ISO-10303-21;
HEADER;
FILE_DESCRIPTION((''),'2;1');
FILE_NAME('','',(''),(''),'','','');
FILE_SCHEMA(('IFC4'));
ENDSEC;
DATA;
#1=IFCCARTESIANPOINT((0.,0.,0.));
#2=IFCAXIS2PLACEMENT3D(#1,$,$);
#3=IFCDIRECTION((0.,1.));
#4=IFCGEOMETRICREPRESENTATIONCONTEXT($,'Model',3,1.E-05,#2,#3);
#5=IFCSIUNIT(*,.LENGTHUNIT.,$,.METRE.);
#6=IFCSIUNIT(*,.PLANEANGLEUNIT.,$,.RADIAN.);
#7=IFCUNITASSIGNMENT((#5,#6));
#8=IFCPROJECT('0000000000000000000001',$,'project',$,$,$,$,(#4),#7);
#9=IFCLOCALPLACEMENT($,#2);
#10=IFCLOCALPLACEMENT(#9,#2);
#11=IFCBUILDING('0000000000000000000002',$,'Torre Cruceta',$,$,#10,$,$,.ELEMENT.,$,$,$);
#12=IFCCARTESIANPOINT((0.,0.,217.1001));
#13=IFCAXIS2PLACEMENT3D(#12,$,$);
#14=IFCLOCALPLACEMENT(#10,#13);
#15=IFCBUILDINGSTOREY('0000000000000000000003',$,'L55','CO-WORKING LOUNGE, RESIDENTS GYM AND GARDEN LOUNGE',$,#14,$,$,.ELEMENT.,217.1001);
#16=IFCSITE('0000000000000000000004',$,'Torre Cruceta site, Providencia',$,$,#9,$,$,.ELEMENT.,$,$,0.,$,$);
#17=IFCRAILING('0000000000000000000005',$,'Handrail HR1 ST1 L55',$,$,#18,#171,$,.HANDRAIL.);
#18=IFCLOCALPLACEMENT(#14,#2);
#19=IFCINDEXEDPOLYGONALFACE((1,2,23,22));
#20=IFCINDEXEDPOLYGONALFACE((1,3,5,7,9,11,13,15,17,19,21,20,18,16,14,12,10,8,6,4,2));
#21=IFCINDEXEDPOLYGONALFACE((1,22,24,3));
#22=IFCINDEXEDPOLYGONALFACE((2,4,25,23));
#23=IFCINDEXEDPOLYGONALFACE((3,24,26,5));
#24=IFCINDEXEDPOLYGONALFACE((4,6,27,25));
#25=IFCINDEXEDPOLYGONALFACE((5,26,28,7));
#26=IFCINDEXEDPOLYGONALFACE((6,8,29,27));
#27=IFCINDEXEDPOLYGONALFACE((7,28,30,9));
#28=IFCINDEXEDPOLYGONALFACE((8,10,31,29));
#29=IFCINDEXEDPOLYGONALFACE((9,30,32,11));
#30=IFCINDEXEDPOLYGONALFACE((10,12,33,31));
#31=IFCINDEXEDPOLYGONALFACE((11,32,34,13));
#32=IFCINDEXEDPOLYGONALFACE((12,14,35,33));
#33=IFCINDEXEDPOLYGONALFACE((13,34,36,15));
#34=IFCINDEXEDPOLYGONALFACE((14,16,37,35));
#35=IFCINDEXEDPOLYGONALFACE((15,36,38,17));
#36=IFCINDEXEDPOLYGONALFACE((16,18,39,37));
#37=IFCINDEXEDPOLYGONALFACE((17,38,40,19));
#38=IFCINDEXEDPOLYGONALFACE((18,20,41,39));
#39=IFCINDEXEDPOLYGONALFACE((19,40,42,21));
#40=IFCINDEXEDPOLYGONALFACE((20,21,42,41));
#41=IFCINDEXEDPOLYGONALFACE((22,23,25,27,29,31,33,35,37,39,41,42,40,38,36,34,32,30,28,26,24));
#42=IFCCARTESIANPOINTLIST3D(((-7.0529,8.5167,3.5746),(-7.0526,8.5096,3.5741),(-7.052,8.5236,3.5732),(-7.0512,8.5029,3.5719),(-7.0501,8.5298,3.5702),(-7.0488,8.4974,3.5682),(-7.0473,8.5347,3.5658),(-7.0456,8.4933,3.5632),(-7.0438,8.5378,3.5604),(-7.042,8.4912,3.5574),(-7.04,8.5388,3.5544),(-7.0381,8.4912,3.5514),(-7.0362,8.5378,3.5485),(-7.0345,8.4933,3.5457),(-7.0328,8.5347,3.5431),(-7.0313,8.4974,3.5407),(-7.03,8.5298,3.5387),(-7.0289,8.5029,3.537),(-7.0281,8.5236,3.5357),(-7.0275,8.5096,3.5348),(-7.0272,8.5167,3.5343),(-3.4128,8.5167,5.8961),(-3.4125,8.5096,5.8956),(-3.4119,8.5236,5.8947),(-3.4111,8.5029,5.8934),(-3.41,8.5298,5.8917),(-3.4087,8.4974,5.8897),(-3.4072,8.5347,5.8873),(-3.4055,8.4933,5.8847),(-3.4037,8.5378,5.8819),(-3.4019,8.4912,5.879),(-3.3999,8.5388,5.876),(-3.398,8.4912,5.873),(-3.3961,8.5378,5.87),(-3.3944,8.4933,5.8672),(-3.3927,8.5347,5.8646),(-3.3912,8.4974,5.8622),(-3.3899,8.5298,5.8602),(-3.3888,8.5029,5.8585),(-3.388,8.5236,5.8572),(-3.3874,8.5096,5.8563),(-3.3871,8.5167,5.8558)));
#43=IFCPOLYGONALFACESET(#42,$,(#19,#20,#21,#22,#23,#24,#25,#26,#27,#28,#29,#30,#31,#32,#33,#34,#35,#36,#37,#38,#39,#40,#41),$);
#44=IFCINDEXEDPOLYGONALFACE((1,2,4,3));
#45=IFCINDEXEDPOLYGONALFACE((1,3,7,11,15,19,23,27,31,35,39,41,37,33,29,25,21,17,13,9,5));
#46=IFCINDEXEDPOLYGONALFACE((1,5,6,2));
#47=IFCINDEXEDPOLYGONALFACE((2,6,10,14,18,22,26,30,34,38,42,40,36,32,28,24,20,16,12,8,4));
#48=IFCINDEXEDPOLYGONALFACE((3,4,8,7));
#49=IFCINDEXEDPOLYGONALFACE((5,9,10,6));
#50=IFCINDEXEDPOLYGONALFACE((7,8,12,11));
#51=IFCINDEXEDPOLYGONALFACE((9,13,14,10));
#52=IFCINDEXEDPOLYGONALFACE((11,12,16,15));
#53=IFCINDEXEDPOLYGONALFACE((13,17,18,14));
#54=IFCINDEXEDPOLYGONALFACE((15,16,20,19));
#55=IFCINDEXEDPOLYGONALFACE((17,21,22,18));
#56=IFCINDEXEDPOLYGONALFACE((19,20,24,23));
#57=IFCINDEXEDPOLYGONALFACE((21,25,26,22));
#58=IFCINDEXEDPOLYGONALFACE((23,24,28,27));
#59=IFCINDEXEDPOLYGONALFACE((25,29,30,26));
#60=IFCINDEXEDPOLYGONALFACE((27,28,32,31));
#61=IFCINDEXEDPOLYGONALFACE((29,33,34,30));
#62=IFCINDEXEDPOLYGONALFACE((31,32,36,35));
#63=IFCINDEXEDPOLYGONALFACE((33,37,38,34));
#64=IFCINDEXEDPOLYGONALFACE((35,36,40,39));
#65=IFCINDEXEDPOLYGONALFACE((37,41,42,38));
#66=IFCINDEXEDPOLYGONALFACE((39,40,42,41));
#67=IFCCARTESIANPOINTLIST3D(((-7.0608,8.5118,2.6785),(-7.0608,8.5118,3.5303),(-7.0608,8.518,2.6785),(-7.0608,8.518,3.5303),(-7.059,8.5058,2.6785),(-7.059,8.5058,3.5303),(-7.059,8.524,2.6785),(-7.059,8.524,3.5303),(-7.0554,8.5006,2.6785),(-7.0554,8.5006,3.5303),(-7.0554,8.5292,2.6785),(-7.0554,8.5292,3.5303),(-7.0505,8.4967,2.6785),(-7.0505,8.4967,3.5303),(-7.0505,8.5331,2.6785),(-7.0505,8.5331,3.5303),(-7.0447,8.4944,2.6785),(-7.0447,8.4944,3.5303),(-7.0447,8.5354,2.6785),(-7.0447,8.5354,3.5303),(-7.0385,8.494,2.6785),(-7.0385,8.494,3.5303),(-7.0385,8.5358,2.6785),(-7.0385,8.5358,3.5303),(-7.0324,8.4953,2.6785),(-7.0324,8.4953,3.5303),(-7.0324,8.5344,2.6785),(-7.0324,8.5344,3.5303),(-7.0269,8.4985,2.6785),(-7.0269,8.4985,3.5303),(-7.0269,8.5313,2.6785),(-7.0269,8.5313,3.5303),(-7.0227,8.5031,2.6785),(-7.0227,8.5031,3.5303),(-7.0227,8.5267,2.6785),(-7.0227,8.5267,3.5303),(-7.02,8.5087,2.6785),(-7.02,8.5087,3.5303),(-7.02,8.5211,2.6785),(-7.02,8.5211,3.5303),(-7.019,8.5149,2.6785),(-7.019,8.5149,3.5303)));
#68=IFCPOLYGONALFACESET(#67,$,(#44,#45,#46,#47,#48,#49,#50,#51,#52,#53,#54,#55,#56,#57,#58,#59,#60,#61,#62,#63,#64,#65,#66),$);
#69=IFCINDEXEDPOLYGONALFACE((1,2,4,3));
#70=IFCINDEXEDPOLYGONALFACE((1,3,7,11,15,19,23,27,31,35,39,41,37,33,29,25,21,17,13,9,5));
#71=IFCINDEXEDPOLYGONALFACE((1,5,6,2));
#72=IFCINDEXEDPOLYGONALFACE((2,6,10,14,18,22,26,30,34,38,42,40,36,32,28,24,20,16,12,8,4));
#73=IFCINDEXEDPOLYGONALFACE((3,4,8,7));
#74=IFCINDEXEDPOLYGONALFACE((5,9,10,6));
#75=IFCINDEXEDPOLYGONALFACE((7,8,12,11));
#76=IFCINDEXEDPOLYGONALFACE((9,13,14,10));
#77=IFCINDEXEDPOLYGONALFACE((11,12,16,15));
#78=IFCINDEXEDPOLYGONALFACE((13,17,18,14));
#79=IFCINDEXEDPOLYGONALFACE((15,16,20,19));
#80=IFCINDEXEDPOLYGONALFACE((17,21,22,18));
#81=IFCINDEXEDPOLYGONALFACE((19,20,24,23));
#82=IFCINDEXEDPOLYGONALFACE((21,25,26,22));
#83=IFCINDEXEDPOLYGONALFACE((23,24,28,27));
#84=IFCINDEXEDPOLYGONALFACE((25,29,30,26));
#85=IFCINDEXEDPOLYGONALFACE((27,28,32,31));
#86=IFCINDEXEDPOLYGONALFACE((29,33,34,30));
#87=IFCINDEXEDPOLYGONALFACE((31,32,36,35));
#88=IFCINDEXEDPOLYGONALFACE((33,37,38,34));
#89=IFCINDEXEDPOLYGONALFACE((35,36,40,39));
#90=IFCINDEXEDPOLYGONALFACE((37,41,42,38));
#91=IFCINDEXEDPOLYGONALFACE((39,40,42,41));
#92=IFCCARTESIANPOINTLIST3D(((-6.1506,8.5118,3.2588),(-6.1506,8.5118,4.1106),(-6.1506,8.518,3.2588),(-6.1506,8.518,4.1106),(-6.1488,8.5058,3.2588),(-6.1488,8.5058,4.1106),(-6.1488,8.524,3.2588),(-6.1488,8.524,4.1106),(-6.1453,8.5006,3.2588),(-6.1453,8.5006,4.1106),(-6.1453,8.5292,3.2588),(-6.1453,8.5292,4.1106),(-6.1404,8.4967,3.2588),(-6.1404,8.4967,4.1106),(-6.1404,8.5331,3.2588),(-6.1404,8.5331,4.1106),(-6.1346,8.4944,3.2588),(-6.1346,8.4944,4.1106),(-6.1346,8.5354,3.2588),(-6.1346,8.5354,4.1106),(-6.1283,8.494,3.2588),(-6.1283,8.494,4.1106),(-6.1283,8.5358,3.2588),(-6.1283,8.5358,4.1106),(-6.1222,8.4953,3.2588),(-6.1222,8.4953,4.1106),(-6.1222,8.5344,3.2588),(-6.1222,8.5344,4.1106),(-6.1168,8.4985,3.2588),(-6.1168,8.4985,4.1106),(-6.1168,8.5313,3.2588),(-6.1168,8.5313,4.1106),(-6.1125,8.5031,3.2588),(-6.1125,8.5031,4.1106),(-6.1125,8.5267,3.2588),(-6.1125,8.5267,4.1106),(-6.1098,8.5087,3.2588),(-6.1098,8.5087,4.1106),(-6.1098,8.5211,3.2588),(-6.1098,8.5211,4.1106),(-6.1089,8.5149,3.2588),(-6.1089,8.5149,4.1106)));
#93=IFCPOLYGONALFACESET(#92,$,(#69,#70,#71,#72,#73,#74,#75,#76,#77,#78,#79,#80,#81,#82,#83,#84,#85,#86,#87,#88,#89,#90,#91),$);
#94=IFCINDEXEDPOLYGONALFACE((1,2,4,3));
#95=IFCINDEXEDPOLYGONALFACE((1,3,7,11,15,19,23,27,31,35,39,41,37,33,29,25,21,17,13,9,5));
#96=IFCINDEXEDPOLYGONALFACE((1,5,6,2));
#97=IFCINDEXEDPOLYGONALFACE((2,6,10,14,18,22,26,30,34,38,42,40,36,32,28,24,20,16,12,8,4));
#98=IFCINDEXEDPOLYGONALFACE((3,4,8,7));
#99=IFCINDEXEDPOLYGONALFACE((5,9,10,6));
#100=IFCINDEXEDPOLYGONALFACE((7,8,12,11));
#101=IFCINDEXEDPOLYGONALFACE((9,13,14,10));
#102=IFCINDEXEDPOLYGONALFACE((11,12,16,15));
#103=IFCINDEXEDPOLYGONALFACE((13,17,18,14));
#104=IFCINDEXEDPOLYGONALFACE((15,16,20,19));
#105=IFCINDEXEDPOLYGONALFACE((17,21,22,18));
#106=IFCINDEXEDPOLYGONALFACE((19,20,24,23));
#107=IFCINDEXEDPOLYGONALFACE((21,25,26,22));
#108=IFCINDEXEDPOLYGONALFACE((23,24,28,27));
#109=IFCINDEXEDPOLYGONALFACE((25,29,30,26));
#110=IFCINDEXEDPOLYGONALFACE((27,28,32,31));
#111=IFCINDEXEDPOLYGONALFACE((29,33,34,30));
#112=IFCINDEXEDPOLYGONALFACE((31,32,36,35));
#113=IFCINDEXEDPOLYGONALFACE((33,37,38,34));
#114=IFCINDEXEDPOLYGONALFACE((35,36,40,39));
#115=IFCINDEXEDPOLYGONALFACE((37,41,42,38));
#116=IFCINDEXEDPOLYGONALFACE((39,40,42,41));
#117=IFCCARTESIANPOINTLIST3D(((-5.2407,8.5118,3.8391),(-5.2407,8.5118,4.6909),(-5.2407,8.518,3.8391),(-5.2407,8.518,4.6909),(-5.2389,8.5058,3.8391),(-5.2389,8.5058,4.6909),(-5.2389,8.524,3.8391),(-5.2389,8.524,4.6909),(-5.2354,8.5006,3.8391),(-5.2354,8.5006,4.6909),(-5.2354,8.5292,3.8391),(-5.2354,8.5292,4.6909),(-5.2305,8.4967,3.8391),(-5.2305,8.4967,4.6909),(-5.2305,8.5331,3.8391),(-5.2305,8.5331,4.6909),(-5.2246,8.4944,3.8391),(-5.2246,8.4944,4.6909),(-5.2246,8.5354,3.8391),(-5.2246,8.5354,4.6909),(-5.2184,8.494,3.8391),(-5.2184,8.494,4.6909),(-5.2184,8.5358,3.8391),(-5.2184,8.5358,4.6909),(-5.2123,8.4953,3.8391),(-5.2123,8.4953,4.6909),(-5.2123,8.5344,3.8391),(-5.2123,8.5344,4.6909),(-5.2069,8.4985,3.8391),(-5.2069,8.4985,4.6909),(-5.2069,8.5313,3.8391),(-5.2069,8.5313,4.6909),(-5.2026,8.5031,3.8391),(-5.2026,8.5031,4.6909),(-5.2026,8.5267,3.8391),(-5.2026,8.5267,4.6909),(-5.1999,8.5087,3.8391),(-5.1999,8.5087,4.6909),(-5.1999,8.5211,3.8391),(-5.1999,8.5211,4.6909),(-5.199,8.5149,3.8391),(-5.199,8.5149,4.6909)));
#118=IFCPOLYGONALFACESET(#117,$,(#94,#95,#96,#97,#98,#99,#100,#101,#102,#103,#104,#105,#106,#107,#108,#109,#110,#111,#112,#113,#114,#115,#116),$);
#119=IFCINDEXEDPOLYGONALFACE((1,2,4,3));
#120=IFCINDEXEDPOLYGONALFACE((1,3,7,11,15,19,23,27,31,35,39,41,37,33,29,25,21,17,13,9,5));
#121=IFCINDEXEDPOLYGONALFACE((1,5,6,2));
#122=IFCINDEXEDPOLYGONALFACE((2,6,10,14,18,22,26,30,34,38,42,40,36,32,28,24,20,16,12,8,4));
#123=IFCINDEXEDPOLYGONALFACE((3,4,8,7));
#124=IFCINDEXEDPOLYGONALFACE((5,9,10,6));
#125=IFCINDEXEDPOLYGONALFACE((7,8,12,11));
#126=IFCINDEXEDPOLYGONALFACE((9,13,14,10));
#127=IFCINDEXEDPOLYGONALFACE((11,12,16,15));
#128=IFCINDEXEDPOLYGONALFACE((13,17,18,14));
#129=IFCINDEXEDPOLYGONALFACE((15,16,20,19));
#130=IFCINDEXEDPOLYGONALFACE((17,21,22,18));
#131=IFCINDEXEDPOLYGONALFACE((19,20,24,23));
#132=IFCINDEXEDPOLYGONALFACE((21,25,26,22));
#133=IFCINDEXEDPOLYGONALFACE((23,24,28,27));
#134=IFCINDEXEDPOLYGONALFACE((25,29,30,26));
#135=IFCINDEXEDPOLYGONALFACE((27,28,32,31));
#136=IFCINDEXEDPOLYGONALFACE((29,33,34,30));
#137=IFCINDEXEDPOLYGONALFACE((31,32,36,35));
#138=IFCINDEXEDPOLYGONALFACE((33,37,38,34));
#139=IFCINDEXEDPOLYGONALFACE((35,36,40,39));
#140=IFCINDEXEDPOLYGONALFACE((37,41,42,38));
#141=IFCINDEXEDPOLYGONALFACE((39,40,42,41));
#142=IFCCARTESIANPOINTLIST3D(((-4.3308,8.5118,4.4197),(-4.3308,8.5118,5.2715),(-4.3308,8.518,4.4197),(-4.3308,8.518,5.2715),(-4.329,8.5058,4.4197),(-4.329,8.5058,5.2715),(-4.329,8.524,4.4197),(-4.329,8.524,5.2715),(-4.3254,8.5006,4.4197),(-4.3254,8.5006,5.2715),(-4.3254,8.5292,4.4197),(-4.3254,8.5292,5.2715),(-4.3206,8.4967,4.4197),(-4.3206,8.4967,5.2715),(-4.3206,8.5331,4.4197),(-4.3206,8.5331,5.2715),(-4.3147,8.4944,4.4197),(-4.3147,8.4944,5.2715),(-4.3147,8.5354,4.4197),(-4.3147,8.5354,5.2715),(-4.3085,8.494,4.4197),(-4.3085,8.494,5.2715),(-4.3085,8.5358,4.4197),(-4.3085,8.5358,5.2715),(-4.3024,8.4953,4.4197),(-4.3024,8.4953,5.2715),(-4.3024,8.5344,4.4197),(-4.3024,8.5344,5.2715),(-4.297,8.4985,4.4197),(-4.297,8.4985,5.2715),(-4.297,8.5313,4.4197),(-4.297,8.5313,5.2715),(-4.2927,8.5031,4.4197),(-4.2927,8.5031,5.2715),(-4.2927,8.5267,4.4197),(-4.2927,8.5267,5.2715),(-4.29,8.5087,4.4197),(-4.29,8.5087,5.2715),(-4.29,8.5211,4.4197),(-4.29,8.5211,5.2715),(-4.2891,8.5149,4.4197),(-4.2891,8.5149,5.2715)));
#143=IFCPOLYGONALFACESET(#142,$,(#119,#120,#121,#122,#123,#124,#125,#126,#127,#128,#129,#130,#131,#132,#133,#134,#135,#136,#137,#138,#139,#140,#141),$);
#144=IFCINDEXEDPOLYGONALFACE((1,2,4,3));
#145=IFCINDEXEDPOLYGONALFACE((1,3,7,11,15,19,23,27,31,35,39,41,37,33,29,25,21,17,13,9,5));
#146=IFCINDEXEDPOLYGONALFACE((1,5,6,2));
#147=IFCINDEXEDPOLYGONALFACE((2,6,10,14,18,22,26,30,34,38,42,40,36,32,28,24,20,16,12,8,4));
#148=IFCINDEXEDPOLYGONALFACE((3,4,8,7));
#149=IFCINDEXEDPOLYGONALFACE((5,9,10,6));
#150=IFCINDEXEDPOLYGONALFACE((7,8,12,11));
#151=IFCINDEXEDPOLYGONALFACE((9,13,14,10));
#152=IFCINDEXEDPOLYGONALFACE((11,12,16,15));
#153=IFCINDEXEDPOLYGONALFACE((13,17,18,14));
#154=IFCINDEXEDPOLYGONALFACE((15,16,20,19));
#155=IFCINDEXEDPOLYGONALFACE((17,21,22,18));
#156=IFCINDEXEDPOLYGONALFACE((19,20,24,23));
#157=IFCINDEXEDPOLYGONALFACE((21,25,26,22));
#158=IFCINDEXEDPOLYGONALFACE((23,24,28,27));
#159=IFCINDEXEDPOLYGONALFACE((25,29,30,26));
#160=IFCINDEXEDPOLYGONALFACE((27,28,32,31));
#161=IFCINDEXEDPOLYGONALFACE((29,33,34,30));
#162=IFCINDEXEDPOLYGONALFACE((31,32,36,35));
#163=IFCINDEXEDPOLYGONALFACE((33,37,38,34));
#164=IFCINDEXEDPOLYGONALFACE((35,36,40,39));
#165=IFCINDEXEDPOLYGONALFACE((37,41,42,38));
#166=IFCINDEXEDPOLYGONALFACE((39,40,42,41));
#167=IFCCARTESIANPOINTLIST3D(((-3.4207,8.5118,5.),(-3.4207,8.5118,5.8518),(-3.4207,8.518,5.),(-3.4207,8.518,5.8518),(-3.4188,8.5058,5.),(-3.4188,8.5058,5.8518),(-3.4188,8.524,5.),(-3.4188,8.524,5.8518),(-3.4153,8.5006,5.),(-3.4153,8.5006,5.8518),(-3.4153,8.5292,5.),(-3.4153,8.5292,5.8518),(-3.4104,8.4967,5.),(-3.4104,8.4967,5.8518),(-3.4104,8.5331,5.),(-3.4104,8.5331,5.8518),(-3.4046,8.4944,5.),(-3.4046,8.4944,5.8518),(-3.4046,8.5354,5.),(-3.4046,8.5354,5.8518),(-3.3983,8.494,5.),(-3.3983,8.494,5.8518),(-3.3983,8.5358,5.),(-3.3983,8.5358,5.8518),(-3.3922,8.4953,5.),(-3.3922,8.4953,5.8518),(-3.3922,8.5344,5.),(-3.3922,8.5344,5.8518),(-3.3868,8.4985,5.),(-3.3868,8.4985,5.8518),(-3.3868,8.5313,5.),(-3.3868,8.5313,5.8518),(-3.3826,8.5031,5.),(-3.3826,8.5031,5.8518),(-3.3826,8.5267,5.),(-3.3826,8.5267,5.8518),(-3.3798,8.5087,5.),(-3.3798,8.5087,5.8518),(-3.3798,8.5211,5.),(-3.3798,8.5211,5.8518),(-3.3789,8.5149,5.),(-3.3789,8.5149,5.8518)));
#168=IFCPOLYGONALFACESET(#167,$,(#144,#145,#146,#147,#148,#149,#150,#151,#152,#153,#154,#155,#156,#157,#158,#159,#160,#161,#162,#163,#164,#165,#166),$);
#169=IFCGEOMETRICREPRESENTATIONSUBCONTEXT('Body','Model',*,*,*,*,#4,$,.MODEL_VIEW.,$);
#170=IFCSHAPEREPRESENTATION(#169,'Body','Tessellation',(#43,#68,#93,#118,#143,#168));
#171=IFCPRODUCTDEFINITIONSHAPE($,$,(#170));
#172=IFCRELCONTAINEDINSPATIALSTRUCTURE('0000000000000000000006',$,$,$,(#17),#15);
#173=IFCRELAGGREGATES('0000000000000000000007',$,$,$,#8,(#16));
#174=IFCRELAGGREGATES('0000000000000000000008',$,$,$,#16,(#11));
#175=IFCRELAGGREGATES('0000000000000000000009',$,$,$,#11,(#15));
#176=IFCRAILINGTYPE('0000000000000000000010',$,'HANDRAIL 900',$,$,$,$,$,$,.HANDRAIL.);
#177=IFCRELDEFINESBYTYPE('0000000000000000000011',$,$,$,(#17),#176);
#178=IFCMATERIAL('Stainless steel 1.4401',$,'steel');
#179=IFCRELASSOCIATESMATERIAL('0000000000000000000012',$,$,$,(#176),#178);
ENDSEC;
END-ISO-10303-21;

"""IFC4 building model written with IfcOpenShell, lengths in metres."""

from ifc_helpers import new_model, si_unit, direction, frame, origin, origin_2d, place, context, subcontext, project, spatial, circle, extrude, material, type_object, element, save


model = new_model("IFC4")

# Units and contexts
model_context = context("Model", 3, precision=1e-05, world=origin(), true_north=direction((0.0, 1.0)))
body_context = subcontext(model_context, "Body", "Model", "MODEL_VIEW")
ifc_project = project(units=[si_unit("LENGTHUNIT", "METRE"), si_unit("PLANEANGLEUNIT", "RADIAN")], contexts=[model_context])

# Site, building, storey
site_placement = place(None, origin())
site = spatial("IfcSite", under=ifc_project, at=site_placement, Name="Torre Cruceta site, Providencia", CompositionType="ELEMENT", RefElevation=0.0)
building_placement = place(site_placement, origin())
building = spatial("IfcBuilding", under=site, at=building_placement, Name="Torre Cruceta", CompositionType="ELEMENT")
storey_placement = place(building_placement, frame((0.0, 0.0, 217.1001)))
storey = spatial("IfcBuildingStorey", under=building, at=storey_placement, Name="L55", Description="CO-WORKING LOUNGE, RESIDENTS GYM AND GARDEN LOUNGE", CompositionType="ELEMENT", Elevation=217.1001)

# Railing
ifc_material_1 = material(Name="Stainless steel 1.4401", Category="steel")
railing_type = type_object("IfcRailingType", Name="HANDRAIL 900", PredefinedType="HANDRAIL", material=ifc_material_1)
railing_1_placement = place(storey_placement, frame((-7.04, 8.5149, 2.6785)))
element("IfcRailing", 1, at=railing_1_placement, inside=storey, type_object=railing_type, Name="Handrail HR1 ST1 L55", PredefinedType="HANDRAIL", context=body_context, shape_type="SweptSolid", body=[
    extrude(circle(Radius=0.0239, at=origin_2d()), frame((0.0, 0.0, 0.876), z_axis=(0.843128, 0.0, 0.537713), x_axis=(0.0, 1.0, 0.0)), (0.0, 0.0, 1.0), 4.3174),
    extrude(circle(Radius=0.021, at=origin_2d()), origin(), (0.0, 0.0, 1.0), 0.8518),
    extrude(circle(Radius=0.021, at=origin_2d()), frame((0.9102, 0.0, 0.5803)), (0.0, 0.0, 1.0), 0.8518),
    extrude(circle(Radius=0.021, at=origin_2d()), frame((1.8201, 0.0, 1.1606)), (0.0, 0.0, 1.0), 0.8518),
    extrude(circle(Radius=0.021, at=origin_2d()), frame((2.73, 0.0, 1.7412)), (0.0, 0.0, 1.0), 0.8518),
    extrude(circle(Radius=0.021, at=origin_2d()), frame((3.6401, 0.0, 2.3215)), (0.0, 0.0, 1.0), 0.8518),
])

save(model, "model.ifc")
